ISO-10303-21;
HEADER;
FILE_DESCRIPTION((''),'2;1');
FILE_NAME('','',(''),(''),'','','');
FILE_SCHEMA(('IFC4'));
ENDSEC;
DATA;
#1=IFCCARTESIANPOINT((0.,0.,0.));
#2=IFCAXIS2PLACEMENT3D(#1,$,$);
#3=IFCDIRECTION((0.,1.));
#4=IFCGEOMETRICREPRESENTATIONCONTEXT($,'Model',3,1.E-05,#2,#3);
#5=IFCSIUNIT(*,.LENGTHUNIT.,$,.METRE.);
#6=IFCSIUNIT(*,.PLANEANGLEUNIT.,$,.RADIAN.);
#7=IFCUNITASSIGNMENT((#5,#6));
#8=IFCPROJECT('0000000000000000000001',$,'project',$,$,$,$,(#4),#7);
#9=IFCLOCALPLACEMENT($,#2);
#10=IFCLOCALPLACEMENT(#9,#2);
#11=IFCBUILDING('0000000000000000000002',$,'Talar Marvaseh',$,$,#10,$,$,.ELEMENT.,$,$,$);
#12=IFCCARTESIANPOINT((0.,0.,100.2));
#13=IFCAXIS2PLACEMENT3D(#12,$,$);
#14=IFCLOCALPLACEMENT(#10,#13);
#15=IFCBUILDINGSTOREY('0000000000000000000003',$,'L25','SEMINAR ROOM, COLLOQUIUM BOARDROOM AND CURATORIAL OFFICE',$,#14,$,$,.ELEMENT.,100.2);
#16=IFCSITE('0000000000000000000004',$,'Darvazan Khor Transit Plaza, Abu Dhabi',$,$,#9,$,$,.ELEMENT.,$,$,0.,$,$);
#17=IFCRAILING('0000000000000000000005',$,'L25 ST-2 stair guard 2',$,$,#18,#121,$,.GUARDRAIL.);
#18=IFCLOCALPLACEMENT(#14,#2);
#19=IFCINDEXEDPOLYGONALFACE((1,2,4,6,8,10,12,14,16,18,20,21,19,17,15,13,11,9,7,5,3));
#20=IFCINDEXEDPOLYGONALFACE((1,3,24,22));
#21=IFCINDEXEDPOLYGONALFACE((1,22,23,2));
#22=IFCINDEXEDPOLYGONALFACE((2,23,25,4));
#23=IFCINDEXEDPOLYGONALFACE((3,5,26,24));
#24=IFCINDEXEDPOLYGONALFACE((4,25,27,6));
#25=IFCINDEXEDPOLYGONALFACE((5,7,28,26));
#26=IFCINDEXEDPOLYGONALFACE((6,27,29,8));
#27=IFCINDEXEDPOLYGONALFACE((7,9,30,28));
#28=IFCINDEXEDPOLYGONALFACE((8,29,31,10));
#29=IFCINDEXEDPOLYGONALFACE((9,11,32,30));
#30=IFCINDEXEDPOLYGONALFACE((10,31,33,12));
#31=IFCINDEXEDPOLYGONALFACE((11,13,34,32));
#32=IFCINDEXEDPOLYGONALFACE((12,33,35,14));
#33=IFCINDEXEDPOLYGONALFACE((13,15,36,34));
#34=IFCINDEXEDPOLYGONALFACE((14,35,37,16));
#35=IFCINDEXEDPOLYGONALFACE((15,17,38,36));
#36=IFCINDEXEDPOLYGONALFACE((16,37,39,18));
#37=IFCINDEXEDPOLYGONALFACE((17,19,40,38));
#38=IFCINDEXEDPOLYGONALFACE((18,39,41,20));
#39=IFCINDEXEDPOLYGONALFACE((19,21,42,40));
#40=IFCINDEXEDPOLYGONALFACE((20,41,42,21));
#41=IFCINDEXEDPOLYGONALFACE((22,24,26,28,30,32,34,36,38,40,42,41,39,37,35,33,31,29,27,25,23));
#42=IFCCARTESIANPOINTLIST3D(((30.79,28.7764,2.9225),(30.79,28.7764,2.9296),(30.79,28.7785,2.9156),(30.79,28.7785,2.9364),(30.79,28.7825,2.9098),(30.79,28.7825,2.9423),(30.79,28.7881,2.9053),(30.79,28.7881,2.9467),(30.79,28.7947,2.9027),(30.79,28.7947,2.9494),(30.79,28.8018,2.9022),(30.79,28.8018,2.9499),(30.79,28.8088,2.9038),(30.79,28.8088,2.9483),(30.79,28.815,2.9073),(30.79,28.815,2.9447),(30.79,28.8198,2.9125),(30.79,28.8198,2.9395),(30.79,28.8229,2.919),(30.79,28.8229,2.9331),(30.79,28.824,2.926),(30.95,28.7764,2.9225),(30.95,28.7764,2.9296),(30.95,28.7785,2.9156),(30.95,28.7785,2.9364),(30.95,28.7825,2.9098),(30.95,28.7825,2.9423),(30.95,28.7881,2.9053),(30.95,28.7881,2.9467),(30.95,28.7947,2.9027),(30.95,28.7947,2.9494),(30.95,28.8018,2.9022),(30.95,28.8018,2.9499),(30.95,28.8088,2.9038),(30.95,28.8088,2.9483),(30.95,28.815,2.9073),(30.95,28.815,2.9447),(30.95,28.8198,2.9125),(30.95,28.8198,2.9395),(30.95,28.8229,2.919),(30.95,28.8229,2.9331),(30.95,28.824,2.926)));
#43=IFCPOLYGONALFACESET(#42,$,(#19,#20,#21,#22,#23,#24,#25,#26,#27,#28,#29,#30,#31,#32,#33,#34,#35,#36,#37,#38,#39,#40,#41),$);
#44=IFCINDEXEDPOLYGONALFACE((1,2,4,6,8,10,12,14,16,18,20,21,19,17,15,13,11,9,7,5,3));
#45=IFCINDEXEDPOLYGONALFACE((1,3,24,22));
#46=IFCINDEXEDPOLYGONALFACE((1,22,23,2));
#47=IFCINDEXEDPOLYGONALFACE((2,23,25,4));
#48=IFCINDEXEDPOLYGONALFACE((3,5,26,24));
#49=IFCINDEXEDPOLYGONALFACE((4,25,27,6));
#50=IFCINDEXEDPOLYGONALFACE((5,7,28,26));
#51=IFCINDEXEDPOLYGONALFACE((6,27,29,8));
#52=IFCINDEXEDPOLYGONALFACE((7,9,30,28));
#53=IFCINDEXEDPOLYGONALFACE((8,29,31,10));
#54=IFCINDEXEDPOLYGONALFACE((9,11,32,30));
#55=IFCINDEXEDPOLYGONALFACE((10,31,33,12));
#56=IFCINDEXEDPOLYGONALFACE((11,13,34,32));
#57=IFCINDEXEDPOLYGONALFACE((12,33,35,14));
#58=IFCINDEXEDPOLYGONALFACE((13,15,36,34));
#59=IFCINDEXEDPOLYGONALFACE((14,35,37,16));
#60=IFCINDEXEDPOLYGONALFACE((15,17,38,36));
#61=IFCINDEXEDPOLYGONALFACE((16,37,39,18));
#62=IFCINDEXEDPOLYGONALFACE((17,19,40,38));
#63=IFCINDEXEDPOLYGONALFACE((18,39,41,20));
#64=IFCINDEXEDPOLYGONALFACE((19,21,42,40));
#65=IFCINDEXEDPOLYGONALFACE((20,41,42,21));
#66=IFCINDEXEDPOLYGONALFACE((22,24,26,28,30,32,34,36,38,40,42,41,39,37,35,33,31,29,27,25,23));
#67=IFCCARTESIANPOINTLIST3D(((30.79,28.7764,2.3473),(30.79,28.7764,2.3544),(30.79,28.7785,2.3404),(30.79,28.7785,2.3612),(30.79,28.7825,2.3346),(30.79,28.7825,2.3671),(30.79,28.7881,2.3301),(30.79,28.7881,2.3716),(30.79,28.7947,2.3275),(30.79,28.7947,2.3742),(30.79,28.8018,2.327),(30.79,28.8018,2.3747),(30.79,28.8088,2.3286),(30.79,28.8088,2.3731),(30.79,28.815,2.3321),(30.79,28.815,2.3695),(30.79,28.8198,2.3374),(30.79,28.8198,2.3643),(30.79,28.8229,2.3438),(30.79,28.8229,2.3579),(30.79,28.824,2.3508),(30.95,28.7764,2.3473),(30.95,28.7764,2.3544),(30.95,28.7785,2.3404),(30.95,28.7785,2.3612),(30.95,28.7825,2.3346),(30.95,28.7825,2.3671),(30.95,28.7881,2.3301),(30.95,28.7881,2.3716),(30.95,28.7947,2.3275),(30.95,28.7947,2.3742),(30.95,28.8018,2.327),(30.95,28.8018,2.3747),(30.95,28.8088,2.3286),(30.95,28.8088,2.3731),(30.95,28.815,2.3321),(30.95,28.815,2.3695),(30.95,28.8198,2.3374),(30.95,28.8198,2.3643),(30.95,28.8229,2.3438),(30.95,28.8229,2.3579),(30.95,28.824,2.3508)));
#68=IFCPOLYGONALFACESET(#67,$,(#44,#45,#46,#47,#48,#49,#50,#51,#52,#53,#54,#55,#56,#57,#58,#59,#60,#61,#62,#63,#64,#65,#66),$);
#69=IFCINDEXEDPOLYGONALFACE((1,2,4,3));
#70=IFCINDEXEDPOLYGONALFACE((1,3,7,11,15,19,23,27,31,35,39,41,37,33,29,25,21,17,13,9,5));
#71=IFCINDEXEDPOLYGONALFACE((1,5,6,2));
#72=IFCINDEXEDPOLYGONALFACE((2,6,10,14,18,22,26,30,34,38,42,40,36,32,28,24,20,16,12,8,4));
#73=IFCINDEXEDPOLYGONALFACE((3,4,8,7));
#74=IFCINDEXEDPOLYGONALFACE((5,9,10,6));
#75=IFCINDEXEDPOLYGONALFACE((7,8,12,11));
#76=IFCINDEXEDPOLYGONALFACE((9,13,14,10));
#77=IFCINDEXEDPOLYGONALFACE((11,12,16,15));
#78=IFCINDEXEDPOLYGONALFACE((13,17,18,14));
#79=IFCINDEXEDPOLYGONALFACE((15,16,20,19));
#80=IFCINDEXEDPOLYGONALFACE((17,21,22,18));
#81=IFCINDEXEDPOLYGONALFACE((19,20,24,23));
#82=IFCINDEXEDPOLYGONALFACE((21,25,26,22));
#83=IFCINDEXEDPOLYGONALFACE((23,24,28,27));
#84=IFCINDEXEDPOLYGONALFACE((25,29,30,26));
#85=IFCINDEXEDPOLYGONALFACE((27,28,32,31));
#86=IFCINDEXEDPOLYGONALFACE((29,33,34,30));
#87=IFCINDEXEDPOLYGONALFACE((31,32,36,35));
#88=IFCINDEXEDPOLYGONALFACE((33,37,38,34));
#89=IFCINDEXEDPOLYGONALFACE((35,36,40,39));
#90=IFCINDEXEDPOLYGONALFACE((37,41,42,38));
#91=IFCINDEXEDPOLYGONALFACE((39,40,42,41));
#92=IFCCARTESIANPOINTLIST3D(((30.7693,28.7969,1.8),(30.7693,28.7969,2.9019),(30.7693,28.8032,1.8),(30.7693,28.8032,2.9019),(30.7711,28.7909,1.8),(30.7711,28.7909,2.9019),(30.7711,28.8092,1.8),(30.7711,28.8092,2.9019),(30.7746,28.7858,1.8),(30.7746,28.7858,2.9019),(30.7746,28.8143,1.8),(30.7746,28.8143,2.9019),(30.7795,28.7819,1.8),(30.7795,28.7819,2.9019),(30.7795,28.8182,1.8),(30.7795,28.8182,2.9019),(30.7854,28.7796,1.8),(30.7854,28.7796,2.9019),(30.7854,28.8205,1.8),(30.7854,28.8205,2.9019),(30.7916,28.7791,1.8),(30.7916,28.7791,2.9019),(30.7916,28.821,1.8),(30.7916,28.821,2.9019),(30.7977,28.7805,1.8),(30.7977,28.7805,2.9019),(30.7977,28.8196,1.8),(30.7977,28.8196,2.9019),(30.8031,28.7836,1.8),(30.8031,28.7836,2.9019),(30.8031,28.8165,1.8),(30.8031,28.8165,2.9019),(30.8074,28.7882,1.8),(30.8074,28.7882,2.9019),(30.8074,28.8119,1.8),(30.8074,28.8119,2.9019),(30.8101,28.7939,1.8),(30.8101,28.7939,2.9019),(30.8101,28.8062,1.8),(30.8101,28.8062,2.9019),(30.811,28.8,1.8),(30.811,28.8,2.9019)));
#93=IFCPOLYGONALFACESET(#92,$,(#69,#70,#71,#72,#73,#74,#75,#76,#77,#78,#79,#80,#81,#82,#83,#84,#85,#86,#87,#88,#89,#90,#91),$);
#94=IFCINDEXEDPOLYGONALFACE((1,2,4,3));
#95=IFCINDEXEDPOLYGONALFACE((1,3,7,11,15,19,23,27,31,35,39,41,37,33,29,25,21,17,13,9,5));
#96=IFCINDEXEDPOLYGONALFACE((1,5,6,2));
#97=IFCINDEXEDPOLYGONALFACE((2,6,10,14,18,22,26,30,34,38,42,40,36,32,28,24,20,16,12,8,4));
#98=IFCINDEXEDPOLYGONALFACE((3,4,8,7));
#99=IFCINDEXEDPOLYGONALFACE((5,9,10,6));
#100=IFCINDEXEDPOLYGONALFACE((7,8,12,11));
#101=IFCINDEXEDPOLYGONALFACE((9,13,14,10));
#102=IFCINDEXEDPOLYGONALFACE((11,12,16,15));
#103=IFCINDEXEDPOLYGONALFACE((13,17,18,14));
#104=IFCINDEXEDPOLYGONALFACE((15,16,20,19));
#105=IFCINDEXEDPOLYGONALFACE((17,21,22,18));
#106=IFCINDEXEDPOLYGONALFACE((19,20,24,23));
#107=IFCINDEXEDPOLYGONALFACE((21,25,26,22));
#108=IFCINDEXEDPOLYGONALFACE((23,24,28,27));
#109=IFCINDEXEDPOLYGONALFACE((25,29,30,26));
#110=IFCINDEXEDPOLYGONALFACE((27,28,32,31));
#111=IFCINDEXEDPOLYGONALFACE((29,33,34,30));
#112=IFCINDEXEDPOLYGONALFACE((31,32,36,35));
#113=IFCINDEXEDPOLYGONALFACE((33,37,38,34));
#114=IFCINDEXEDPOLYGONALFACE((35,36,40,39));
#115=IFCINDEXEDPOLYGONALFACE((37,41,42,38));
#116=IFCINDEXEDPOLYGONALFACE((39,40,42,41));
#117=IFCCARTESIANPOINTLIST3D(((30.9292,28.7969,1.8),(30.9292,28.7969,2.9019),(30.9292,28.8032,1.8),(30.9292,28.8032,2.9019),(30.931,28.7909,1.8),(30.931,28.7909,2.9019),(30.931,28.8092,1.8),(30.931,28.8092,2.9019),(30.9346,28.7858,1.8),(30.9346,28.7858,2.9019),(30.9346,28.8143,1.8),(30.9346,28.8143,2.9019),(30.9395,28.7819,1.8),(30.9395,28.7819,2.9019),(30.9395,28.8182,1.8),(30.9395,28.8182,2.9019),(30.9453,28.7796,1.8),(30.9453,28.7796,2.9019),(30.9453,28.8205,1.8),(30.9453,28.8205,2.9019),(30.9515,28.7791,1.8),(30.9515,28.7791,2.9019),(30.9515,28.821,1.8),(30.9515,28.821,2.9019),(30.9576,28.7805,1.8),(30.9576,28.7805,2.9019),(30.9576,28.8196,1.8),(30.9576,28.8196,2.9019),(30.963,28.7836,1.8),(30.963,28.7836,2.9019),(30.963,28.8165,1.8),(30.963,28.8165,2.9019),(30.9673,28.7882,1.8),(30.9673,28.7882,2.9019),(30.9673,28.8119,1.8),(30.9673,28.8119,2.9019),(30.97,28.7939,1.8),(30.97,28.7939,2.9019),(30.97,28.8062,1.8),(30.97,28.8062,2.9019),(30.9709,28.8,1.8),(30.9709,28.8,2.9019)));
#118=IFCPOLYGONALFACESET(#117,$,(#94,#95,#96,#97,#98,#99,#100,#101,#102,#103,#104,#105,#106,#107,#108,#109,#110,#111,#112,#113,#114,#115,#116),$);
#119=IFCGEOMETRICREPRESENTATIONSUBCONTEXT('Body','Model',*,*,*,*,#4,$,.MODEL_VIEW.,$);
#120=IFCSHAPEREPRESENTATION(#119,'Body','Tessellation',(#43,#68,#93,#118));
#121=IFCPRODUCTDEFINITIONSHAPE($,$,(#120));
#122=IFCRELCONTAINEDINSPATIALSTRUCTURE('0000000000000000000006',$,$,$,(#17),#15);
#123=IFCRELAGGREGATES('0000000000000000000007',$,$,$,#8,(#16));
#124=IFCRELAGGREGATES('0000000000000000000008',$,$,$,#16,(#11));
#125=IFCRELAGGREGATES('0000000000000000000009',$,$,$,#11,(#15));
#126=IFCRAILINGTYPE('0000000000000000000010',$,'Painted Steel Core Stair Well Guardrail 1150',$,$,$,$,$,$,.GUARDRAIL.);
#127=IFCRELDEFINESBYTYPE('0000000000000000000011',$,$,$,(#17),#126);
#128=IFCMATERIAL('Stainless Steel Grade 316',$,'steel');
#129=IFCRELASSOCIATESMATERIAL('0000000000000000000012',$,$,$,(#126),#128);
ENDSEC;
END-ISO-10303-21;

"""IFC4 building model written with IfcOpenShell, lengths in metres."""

from ifc_helpers import new_model, si_unit, direction, frame, origin, origin_2d, place, context, subcontext, project, spatial, circle, extrude, material, type_object, element, save


model = new_model("IFC4")

# Units and contexts
model_context = context("Model", 3, precision=1e-05, world=origin(), true_north=direction((0.0, 1.0)))
body_context = subcontext(model_context, "Body", "Model", "MODEL_VIEW")
ifc_project = project(units=[si_unit("LENGTHUNIT", "METRE"), si_unit("PLANEANGLEUNIT", "RADIAN")], contexts=[model_context])

# Site, building, storey
site_placement = place(None, origin())
site = spatial("IfcSite", under=ifc_project, at=site_placement, Name="Darvazan Khor Transit Plaza, Abu Dhabi", CompositionType="ELEMENT", RefElevation=0.0)
building_placement = place(site_placement, origin())
building = spatial("IfcBuilding", under=site, at=building_placement, Name="Talar Marvaseh", CompositionType="ELEMENT")
storey_placement = place(building_placement, frame((0.0, 0.0, 100.2)))
storey = spatial("IfcBuildingStorey", under=building, at=storey_placement, Name="L25", Description="SEMINAR ROOM, COLLOQUIUM BOARDROOM AND CURATORIAL OFFICE", CompositionType="ELEMENT", Elevation=100.2)

# Railing
ifc_material_1 = material(Name="Stainless Steel Grade 316", Category="steel")
railing_type_1 = type_object("IfcRailingType", Name="Painted Steel Core Stair Well Guardrail 1150", PredefinedType="GUARDRAIL", material=ifc_material_1)
railing_1_placement = place(storey_placement, frame((30.79, 28.8, 1.8)))
element("IfcRailing", 1, at=railing_1_placement, inside=storey, type_object=railing_type_1, Name="L25 ST-2 stair guard 2", PredefinedType="GUARDRAIL", context=body_context, shape_type="SweptSolid", body=[
    extrude(circle(Radius=0.0239, at=origin_2d()), frame((0.0, 0.0, 1.126), z_axis=(1.0, 0.0, 0.0), x_axis=(0.0, 1.0, 0.0)), (0.0, 0.0, 1.0), 0.1599),
    extrude(circle(Radius=0.0239, at=origin_2d()), frame((0.0, 0.0, 0.5508), z_axis=(1.0, 0.0, 0.0), x_axis=(0.0, 1.0, 0.0)), (0.0, 0.0, 1.0), 0.1599),
    extrude(circle(Radius=0.021, at=origin_2d()), origin(), (0.0, 0.0, 1.0), 1.1018),
    extrude(circle(Radius=0.021, at=origin_2d()), frame((0.1599, 0.0, 0.0)), (0.0, 0.0, 1.0), 1.1018),
])

save(model, "model.ifc")
